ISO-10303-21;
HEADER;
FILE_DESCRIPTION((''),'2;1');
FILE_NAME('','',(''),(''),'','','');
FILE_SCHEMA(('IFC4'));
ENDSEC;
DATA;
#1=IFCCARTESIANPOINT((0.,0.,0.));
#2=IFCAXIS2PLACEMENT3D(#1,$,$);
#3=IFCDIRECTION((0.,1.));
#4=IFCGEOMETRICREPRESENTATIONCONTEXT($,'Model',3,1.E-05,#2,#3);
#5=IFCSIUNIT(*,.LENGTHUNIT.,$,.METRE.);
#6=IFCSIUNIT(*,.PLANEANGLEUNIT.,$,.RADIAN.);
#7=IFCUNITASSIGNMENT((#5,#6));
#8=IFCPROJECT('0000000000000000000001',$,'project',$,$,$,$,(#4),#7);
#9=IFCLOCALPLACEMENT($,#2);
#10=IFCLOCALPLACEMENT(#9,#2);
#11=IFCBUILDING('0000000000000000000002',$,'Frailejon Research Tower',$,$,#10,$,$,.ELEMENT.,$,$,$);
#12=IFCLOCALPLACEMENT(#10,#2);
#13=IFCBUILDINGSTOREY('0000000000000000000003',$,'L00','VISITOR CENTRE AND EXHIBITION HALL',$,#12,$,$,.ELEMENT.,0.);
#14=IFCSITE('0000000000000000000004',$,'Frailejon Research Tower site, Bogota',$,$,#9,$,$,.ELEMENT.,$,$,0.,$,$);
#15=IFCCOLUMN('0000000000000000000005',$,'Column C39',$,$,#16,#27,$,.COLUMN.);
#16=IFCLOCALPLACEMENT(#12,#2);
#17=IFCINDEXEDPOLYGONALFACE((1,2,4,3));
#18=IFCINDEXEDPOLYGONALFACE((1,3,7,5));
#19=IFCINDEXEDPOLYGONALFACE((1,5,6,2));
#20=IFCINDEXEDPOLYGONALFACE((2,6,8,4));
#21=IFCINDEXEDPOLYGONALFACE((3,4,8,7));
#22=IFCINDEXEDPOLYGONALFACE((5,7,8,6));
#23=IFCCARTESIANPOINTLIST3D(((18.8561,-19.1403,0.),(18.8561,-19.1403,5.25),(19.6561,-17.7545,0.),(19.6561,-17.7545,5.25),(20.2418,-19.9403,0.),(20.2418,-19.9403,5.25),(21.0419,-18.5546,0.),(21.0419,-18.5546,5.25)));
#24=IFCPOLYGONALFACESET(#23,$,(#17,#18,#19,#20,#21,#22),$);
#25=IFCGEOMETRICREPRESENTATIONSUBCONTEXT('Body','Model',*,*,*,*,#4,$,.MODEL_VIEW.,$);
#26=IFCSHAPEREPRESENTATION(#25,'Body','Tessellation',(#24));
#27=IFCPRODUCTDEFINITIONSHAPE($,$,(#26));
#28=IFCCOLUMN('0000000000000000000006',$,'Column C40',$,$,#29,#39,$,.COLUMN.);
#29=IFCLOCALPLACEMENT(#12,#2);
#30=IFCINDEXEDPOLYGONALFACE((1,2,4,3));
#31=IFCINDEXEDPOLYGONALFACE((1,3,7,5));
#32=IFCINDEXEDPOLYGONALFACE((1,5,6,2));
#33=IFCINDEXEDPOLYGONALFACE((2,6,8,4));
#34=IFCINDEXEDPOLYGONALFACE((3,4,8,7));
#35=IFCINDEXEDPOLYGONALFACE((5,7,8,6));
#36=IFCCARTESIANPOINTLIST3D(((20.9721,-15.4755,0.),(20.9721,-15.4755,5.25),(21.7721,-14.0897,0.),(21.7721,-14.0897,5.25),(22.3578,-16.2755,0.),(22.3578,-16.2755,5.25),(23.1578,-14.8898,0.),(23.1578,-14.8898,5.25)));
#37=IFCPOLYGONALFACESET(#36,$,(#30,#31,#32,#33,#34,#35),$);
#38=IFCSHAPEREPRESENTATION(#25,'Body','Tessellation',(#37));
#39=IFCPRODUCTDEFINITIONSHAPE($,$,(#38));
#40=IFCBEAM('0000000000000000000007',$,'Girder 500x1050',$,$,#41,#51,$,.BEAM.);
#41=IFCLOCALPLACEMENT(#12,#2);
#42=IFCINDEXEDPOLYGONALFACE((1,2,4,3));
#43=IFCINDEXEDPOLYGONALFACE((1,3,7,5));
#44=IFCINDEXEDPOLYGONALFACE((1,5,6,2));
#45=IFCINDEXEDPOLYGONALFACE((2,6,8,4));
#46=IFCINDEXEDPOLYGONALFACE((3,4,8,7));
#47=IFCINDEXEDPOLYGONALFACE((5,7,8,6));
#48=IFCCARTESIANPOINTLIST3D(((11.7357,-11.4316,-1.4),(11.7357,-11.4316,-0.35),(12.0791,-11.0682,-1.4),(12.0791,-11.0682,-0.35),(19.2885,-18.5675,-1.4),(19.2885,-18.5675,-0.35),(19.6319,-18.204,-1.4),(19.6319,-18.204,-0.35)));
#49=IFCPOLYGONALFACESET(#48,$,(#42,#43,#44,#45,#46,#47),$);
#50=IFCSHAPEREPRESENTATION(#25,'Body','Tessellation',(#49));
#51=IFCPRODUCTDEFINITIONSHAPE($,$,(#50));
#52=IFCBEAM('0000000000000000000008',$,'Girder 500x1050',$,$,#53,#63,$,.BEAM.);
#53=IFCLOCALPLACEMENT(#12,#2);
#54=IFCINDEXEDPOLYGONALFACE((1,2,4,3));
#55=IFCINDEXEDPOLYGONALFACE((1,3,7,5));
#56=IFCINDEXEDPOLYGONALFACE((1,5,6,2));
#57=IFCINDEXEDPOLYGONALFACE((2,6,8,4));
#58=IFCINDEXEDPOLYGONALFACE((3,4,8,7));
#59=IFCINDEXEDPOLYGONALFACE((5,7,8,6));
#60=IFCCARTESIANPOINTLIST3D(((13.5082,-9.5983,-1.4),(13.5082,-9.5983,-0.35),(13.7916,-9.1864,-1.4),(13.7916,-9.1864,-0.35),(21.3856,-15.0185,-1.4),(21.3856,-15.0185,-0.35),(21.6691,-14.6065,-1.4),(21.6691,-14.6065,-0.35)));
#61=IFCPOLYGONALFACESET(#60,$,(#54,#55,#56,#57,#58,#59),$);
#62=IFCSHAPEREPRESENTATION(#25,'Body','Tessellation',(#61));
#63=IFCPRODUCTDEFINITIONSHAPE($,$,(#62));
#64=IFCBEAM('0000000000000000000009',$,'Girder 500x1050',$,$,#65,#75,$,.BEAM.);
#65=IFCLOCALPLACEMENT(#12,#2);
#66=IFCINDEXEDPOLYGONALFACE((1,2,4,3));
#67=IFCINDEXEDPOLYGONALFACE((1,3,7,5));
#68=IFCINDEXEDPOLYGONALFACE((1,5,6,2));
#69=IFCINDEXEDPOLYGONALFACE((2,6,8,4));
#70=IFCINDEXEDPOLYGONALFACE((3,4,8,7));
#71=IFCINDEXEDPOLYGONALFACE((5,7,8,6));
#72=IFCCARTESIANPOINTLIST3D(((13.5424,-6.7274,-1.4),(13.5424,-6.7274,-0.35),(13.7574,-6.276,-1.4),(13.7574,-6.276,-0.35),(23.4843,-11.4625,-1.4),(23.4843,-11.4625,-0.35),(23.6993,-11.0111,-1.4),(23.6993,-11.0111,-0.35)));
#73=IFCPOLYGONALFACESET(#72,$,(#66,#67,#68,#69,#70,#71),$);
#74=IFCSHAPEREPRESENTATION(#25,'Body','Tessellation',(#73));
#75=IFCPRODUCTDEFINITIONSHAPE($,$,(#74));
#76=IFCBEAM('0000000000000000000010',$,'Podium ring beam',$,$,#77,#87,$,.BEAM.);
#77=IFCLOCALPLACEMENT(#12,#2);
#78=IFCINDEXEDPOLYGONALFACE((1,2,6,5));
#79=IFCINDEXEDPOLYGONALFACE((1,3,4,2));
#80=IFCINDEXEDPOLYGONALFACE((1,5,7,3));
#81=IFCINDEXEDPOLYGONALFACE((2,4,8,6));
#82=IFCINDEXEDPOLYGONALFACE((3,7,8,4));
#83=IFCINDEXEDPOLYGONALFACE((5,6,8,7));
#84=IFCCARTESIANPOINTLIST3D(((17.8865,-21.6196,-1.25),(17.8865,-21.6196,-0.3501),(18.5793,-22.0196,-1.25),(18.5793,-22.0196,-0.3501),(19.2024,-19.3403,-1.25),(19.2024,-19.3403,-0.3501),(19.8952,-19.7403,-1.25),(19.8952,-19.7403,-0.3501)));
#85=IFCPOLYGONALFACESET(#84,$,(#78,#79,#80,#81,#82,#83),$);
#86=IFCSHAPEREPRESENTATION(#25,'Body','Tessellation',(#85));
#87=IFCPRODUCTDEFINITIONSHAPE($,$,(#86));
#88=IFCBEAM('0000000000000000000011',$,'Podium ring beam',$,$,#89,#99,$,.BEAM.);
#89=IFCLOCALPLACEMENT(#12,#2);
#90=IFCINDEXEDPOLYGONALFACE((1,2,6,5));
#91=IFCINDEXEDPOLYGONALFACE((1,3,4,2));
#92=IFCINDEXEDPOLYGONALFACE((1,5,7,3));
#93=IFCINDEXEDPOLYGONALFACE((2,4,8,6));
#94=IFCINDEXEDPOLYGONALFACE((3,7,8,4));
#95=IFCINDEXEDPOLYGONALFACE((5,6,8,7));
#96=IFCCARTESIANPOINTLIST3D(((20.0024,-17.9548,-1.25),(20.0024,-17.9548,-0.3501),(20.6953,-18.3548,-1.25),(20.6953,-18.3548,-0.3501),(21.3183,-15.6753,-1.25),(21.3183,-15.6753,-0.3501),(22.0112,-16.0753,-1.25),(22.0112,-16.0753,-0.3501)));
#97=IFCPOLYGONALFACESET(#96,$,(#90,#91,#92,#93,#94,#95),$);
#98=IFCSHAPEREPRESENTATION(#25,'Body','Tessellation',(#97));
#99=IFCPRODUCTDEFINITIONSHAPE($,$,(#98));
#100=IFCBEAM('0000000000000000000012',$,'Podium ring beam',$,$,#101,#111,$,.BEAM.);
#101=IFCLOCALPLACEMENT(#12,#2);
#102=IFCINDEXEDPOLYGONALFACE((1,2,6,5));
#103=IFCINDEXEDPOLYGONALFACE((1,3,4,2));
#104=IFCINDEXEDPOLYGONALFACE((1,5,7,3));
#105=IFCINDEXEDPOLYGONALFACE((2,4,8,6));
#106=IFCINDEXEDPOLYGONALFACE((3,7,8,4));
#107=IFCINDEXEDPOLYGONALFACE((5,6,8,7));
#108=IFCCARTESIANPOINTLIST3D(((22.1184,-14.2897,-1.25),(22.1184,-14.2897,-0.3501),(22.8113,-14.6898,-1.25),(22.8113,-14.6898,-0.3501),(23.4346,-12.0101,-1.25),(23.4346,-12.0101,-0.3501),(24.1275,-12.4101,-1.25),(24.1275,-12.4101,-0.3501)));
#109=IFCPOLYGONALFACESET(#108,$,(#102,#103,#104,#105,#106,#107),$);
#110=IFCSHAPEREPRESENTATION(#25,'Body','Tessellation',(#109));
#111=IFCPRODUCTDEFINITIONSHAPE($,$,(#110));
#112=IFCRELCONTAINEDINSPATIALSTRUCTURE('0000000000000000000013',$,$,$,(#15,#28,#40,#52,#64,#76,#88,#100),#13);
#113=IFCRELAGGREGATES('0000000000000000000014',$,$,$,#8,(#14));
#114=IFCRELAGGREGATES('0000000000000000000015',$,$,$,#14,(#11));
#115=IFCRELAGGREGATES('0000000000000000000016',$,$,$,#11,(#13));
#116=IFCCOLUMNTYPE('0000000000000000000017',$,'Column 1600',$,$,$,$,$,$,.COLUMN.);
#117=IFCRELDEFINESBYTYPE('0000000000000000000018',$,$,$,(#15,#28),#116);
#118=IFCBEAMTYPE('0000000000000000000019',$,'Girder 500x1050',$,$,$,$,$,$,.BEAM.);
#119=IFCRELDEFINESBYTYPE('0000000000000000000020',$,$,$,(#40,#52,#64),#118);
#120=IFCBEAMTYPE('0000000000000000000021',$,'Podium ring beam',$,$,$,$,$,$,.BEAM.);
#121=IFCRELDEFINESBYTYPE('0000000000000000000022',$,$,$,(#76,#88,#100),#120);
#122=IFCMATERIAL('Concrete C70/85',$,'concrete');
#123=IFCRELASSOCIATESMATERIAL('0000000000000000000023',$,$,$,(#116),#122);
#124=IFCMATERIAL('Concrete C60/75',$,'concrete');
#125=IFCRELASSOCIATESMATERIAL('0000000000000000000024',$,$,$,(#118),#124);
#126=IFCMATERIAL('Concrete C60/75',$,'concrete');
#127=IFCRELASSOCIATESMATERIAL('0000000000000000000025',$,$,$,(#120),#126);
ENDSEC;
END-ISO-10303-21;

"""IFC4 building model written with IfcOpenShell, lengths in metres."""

from ifc_helpers import new_model, si_unit, direction, frame, origin, origin_2d, place, context, subcontext, project, spatial, rectangle, extrude, material, material_profile, profile_set, type_object, element, save


model = new_model("IFC4")

# Units and contexts
model_context = context("Model", 3, precision=1e-05, world=origin(), true_north=direction((0.0, 1.0)))
body_context = subcontext(model_context, "Body", "Model", "MODEL_VIEW")
ifc_project = project(units=[si_unit("LENGTHUNIT", "METRE"), si_unit("PLANEANGLEUNIT", "RADIAN")], contexts=[model_context])

# Site, building, storey
site_placement = place(None, origin())
site = spatial("IfcSite", under=ifc_project, at=site_placement, Name="Frailejon Research Tower site, Bogota", CompositionType="ELEMENT", RefElevation=0.0)
building_placement = place(site_placement, origin())
building = spatial("IfcBuilding", under=site, at=building_placement, Name="Frailejon Research Tower", CompositionType="ELEMENT")
storey_placement = place(building_placement, origin())
storey = spatial("IfcBuildingStorey", under=building, at=storey_placement, Name="L00", Description="VISITOR CENTRE AND EXHIBITION HALL", CompositionType="ELEMENT", Elevation=0.0)

# Columns
ifc_material_1 = material(Name="Concrete C70/85", Category="concrete")
ifc_material_profile_1 = material_profile(ifc_material_1, rectangle(XDim=1.6001, YDim=1.6001, at=origin_2d()), Name="Column 1600")
ifc_profile_set_1 = profile_set([ifc_material_profile_1], Name="Concrete C70/85")
column_type = type_object("IfcColumnType", Name="Column 1600", PredefinedType="COLUMN", material=ifc_profile_set_1)
for number, where, z_axis, x_axis, name in (
    (1, (19.949, -18.8474, 0.0), (0.0, 0.0, 1.0), (0.5, 0.866025, 0.0), "Column C39"),
    (2, (22.0649, -15.1826, 0.0), (0.0, 0.0, 1.0), (0.5, 0.866025, 0.0), "Column C40"),
):
    element("IfcColumn", number, at=place(storey_placement, frame(where, z_axis=z_axis, x_axis=x_axis)), inside=storey, type_object=column_type, Name=name, PredefinedType="COLUMN", context=body_context, shape_type="SweptSolid", body=[
        extrude(rectangle(XDim=1.6001, YDim=1.6001, at=origin_2d()), origin(), (0.0, 0.0, 1.0), 5.25),
    ])

# Beams
ifc_material_2 = material(Name="Concrete C60/75", Category="concrete")
ifc_material_profile_2 = material_profile(ifc_material_2, rectangle(XDim=0.5, YDim=1.05, at=origin_2d()), Name="Girder 500x1050")
ifc_profile_set_2 = profile_set([ifc_material_profile_2], Name="Concrete C60/75")
beam_type_1 = type_object("IfcBeamType", Name="Girder 500x1050", PredefinedType="BEAM", material=ifc_profile_set_2)
beam_1_placement = place(storey_placement, frame((19.4602, -18.3857, -0.875), z_axis=(-0.726888, 0.686756, 0.0), x_axis=(-0.686756, -0.726888, 0.0)))
element("IfcBeam", 3, at=beam_1_placement, inside=storey, type_object=beam_type_1, Name="Girder 500x1050", PredefinedType="BEAM", context=body_context, shape_type="SweptSolid", body=[
    extrude(rectangle(XDim=0.5, YDim=1.05, at=origin_2d()), origin(), (0.0, 0.0, 1.0), 10.3906),
])
beam_2_placement = place(storey_placement, frame((21.5273, -14.8125, -0.875), z_axis=(-0.823826, 0.566843, 0.0), x_axis=(-0.566843, -0.823826, 0.0)))
element("IfcBeam", 4, at=beam_2_placement, inside=storey, type_object=beam_type_1, Name="Girder 500x1050", PredefinedType="BEAM", context=body_context, shape_type="SweptSolid", body=[
    extrude(rectangle(XDim=0.5, YDim=1.05, at=origin_2d()), origin(), (0.0, 0.0, 1.0), 9.562),
])
beam_3_placement = place(storey_placement, frame((23.5918, -11.2368, -0.875), z_axis=(-0.90283, 0.429998, 0.0), x_axis=(-0.429998, -0.90283, 0.0)))
element("IfcBeam", 5, at=beam_3_placement, inside=storey, type_object=beam_type_1, Name="Girder 500x1050", PredefinedType="BEAM", context=body_context, shape_type="SweptSolid", body=[
    extrude(rectangle(XDim=0.5, YDim=1.05, at=origin_2d()), origin(), (0.0, 0.0, 1.0), 11.012),
])
ifc_material_3 = material(Name="Concrete C60/75", Category="concrete")
ifc_material_profile_3 = material_profile(ifc_material_3, rectangle(XDim=0.8, YDim=0.8999, at=origin_2d()), Name="Podium ring beam")
ifc_profile_set_3 = profile_set([ifc_material_profile_3], Name="Concrete C60/75")
beam_type_2 = type_object("IfcBeamType", Name="Podium ring beam", PredefinedType="BEAM", material=ifc_profile_set_3)
beam_4_placement = place(storey_placement, frame((18.2329, -21.8196, -0.8), z_axis=(0.49999, 0.866031, 0.0), x_axis=(-0.866031, 0.49999, 0.0)))
element("IfcBeam", 6, at=beam_4_placement, inside=storey, type_object=beam_type_2, Name="Podium ring beam", PredefinedType="BEAM", context=body_context, shape_type="SweptSolid", body=[
    extrude(rectangle(XDim=0.8, YDim=0.8999, at=origin_2d()), origin(), (0.0, 0.0, 1.0), 2.6318),
])
beam_5_placement = place(storey_placement, frame((20.3489, -18.1548, -0.8), z_axis=(0.49995, 0.866054, 0.0), x_axis=(-0.866054, 0.49995, 0.0)))
element("IfcBeam", 7, at=beam_5_placement, inside=storey, type_object=beam_type_2, Name="Podium ring beam", PredefinedType="BEAM", context=body_context, shape_type="SweptSolid", body=[
    extrude(rectangle(XDim=0.8, YDim=0.8999, at=origin_2d()), origin(), (0.0, 0.0, 1.0), 2.6321),
])
beam_6_placement = place(storey_placement, frame((22.4648, -14.4897, -0.8), z_axis=(0.50002, 0.866014, 0.0), x_axis=(-0.866014, 0.50002, 0.0)))
element("IfcBeam", 8, at=beam_6_placement, inside=storey, type_object=beam_type_2, Name="Podium ring beam", PredefinedType="BEAM", context=body_context, shape_type="SweptSolid", body=[
    extrude(rectangle(XDim=0.8, YDim=0.8999, at=origin_2d()), origin(), (0.0, 0.0, 1.0), 2.6323),
])

save(model, "model.ifc")
